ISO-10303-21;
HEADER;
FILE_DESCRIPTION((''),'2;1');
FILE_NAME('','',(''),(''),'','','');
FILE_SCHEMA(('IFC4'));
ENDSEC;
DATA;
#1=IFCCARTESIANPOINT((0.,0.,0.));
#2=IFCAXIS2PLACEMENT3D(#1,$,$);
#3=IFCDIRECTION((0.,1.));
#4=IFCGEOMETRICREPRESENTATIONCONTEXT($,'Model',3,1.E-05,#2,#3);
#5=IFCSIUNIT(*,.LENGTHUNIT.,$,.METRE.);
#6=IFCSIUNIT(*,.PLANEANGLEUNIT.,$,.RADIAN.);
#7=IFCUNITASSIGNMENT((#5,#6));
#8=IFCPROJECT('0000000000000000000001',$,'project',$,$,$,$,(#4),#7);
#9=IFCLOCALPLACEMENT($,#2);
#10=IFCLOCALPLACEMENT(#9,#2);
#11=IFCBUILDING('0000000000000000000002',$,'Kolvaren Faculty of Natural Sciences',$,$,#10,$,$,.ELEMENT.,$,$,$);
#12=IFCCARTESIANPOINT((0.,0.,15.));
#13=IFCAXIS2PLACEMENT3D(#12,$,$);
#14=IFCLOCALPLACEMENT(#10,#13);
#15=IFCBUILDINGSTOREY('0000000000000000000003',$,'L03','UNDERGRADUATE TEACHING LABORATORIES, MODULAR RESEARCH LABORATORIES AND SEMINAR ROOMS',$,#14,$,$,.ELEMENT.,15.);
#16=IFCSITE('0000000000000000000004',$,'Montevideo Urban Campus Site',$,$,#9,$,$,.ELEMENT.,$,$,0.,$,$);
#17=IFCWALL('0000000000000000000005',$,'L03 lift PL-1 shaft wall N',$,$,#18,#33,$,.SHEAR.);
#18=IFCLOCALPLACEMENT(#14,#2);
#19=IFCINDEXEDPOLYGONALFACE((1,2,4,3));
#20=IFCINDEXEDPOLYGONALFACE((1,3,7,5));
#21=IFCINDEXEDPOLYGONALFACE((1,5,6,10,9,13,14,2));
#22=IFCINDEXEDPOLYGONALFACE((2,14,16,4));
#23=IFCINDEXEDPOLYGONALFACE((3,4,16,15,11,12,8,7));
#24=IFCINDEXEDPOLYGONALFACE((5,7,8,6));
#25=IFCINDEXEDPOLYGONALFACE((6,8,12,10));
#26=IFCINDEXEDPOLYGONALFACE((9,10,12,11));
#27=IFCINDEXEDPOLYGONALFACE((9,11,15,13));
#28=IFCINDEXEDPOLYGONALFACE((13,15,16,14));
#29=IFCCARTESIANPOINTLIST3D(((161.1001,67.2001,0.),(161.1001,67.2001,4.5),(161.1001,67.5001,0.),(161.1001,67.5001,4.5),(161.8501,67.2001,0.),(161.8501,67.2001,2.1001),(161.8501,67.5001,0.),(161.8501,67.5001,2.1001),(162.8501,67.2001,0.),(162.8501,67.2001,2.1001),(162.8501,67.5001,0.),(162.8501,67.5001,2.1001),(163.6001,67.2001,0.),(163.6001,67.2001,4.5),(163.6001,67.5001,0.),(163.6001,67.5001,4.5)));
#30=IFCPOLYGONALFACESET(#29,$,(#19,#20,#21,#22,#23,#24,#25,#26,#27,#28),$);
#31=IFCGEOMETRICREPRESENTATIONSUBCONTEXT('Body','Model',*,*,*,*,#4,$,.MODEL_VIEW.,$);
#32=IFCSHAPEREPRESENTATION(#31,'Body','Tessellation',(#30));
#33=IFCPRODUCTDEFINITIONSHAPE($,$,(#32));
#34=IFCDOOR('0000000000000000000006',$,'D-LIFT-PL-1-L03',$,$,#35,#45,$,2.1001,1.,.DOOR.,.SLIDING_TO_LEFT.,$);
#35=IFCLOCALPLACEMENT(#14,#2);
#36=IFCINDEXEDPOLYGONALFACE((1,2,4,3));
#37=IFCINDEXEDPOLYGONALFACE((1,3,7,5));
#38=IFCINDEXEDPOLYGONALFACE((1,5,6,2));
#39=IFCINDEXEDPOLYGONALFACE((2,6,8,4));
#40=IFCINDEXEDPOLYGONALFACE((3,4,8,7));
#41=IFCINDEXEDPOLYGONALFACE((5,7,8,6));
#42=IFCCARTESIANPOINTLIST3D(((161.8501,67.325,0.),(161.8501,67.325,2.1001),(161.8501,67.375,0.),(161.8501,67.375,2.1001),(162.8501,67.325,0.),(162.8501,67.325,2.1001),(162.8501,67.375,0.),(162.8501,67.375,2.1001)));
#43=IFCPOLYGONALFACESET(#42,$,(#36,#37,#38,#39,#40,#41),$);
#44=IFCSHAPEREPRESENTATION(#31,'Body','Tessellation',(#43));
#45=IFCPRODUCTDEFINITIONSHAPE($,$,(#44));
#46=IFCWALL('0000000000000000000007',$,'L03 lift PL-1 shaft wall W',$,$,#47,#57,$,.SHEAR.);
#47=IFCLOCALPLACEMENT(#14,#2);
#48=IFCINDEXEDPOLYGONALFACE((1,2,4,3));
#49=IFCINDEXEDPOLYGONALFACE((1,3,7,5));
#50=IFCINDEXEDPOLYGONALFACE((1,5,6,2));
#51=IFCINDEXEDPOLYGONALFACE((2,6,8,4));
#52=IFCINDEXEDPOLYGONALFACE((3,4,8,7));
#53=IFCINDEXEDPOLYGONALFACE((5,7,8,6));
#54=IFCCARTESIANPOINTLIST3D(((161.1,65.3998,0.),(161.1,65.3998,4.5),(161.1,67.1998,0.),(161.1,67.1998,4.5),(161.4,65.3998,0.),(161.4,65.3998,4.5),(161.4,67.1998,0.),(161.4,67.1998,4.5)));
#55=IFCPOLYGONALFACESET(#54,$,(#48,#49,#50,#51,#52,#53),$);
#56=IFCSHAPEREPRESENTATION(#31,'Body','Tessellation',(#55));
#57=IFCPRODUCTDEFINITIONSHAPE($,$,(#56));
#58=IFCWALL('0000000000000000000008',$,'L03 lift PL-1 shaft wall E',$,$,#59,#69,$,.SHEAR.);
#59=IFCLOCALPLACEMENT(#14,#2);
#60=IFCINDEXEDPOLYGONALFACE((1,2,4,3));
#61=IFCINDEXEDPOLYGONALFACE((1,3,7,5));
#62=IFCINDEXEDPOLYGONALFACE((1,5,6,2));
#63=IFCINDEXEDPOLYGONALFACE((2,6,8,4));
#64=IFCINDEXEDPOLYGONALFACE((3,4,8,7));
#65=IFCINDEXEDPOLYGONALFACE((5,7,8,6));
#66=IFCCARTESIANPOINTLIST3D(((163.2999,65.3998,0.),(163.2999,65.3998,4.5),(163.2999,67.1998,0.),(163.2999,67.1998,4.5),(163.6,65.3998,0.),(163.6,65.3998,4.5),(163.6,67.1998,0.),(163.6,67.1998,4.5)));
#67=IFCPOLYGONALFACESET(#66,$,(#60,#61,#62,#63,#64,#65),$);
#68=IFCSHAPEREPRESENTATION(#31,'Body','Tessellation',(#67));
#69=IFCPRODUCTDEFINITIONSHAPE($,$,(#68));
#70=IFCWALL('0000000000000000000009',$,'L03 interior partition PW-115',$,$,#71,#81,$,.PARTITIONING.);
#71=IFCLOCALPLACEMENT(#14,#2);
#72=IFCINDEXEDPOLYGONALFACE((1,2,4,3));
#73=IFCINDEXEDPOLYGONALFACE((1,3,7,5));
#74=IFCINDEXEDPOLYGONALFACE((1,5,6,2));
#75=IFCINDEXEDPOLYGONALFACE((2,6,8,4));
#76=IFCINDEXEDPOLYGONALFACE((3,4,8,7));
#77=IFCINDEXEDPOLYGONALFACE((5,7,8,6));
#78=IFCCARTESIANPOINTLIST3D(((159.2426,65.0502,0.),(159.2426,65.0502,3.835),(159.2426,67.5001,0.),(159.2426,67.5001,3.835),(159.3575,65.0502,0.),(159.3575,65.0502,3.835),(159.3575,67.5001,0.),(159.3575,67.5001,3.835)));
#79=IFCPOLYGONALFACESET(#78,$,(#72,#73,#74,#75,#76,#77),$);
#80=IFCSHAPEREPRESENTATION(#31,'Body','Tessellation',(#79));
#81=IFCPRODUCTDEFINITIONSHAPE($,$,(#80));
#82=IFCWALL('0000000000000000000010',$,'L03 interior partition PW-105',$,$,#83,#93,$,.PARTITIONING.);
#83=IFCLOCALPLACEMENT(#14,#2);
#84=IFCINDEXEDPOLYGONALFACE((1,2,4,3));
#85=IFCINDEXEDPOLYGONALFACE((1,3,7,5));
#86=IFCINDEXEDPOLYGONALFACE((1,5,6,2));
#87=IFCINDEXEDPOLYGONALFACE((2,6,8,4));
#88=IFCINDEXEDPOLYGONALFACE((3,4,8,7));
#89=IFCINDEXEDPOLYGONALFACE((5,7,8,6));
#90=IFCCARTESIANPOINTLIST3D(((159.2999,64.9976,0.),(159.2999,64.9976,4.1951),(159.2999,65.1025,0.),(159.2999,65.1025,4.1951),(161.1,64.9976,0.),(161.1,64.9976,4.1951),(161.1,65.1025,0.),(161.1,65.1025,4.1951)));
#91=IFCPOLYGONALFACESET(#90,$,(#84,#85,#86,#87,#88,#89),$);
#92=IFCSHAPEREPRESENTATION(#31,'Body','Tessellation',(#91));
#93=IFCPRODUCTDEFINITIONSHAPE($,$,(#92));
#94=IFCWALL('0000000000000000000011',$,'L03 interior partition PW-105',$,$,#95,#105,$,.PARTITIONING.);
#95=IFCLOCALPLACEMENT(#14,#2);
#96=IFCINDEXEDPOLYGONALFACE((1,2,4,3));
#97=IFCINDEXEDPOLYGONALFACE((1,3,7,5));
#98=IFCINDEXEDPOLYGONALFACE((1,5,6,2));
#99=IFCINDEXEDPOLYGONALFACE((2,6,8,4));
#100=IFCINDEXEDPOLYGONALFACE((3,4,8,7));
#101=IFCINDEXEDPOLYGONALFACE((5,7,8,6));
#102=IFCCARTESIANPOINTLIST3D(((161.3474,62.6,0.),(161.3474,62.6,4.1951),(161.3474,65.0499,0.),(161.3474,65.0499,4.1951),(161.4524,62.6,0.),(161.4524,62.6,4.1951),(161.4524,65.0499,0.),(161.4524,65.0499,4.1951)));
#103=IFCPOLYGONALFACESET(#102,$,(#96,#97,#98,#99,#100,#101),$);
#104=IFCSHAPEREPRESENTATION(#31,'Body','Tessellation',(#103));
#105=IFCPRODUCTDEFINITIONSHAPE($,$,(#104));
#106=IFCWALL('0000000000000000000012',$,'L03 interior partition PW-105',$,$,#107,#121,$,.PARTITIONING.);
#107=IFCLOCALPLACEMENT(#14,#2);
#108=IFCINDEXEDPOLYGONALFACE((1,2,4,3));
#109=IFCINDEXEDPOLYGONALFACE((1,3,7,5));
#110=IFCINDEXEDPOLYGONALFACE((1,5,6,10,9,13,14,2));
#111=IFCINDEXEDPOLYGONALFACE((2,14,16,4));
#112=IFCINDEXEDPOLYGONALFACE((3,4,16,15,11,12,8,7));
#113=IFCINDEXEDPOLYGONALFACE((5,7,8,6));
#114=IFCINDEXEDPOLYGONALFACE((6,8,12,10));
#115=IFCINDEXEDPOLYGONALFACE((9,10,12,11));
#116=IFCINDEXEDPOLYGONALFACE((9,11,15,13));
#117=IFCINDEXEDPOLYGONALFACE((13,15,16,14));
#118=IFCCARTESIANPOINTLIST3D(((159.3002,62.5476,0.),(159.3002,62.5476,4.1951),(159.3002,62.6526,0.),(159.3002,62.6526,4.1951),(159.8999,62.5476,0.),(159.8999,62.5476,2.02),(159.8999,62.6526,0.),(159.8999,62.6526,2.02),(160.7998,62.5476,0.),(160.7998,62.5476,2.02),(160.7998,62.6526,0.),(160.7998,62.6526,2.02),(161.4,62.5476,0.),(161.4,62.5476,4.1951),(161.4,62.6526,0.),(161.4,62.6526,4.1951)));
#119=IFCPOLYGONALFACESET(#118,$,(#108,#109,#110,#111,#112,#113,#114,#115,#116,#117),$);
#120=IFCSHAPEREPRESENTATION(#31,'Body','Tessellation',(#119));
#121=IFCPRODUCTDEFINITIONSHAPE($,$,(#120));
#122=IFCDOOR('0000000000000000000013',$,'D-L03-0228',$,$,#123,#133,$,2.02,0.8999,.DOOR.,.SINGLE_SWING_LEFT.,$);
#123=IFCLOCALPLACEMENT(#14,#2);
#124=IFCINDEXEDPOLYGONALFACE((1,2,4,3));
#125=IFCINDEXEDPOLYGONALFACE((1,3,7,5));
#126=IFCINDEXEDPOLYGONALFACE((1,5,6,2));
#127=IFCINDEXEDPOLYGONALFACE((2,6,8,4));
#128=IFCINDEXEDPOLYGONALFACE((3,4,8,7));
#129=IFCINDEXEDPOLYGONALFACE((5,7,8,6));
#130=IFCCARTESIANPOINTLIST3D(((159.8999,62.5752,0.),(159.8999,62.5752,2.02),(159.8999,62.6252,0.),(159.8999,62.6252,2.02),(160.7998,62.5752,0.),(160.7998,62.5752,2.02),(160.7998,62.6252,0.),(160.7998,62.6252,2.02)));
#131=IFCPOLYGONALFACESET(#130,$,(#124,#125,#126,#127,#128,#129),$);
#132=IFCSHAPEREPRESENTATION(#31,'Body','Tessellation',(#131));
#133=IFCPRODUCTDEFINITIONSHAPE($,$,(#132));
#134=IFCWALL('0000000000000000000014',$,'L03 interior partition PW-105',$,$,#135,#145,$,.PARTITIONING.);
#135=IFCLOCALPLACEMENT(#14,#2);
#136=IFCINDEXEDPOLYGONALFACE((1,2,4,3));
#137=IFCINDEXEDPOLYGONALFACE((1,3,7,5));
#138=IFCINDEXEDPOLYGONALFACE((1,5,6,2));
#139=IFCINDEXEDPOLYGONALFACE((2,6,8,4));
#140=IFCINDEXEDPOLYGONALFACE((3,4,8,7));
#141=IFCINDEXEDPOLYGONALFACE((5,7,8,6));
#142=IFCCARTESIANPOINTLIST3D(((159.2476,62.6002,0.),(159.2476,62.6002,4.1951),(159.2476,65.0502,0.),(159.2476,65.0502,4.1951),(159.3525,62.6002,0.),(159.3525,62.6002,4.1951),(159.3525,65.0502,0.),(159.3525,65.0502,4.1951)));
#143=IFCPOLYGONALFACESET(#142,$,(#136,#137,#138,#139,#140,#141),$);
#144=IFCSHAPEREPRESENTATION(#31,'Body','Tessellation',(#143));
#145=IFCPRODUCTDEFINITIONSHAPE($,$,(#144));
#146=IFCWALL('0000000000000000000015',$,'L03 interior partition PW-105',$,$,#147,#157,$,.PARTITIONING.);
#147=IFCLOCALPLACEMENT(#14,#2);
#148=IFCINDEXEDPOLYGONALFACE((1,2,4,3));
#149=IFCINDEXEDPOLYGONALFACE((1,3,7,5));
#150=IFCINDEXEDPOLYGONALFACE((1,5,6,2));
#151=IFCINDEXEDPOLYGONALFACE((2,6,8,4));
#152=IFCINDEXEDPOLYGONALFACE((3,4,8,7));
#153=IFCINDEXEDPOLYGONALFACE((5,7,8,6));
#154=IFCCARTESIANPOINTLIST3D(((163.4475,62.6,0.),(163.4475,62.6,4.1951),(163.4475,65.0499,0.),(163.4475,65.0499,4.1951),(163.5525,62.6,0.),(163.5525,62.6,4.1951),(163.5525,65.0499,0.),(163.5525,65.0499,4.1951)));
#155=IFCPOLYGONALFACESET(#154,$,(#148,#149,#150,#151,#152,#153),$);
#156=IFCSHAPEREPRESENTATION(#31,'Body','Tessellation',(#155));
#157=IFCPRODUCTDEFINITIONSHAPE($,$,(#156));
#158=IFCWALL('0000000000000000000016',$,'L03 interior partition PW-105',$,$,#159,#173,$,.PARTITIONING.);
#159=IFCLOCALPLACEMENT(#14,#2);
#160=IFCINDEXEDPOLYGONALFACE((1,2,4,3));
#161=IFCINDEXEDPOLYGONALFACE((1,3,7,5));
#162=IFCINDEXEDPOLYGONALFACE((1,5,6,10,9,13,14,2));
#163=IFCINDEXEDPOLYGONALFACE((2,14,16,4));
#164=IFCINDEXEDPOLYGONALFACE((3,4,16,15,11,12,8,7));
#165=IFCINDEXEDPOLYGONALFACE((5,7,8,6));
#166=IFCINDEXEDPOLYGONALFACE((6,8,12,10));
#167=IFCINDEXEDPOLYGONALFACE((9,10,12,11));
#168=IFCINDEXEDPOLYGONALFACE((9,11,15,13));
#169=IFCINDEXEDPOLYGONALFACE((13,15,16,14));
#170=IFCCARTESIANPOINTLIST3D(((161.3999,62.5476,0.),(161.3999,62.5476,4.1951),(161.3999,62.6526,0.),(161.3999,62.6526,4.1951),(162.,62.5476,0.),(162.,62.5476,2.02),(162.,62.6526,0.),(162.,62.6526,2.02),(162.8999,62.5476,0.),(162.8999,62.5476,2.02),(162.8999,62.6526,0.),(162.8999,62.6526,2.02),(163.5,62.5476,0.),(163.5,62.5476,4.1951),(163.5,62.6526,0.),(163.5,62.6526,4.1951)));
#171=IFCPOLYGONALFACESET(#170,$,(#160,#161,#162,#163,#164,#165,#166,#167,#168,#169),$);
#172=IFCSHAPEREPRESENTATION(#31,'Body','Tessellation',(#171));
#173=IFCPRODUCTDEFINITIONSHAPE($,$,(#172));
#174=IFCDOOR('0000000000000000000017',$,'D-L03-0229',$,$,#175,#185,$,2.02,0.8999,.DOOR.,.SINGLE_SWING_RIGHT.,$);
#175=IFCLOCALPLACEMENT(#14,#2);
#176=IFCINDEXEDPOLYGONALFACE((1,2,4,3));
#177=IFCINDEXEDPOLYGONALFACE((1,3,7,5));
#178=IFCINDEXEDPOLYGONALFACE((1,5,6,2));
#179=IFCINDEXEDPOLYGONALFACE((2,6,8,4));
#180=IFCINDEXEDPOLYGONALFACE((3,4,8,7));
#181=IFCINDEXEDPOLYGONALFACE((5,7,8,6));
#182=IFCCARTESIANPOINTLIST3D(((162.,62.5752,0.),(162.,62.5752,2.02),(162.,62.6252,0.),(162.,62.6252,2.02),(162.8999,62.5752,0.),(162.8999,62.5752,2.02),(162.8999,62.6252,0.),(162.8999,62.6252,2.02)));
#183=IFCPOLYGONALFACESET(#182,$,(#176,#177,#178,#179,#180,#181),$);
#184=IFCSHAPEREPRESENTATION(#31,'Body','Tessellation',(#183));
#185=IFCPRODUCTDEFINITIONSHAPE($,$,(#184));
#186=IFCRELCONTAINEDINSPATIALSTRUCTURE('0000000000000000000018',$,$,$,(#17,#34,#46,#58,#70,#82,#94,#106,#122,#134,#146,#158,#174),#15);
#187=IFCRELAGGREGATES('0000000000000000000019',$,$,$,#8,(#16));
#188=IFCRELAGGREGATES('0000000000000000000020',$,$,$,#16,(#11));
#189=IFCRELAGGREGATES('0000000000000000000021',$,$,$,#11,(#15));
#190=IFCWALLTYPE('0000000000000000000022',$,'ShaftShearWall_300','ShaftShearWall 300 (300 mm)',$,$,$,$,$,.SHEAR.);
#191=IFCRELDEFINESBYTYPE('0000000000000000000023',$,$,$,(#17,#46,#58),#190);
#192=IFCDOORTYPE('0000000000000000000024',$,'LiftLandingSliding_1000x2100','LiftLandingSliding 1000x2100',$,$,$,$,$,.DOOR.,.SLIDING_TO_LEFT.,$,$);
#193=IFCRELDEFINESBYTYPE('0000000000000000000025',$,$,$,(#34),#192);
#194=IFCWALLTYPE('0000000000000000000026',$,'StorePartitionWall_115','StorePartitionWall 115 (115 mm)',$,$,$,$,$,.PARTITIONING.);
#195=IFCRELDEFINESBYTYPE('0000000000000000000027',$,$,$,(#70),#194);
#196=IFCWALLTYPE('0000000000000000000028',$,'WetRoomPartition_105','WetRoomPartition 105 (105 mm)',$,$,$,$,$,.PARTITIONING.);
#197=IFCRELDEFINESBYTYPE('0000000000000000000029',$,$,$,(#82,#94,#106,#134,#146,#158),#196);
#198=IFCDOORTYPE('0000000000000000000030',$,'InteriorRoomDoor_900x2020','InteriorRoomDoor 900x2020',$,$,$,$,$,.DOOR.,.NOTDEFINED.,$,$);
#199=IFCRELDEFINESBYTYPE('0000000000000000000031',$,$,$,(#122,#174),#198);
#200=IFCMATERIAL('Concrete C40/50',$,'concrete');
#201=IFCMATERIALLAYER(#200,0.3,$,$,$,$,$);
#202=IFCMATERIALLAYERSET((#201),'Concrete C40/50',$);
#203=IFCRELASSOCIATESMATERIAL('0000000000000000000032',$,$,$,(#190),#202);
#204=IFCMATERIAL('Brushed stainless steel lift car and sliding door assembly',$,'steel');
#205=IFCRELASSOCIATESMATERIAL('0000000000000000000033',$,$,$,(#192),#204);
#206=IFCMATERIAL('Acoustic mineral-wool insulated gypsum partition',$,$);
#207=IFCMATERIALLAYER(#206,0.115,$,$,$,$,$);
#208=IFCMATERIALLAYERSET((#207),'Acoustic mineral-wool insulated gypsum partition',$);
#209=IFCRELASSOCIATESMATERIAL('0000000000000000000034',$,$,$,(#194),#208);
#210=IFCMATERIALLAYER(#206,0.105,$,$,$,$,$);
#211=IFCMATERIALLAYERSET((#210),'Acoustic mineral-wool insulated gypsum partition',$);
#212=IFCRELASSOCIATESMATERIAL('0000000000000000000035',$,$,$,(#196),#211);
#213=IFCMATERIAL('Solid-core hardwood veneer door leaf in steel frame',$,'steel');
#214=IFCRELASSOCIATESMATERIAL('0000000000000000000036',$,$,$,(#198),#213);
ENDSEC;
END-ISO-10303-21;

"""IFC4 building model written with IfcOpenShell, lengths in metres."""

from ifc_helpers import new_model, si_unit, direction, frame, frame_2d, origin, place, context, subcontext, project, spatial, rectangle, extrude, material, layer, layer_set, type_object, element, fill, save


model = new_model("IFC4")

# Units and contexts
model_context = context("Model", 3, precision=1e-05, world=origin(), true_north=direction((0.0, 1.0)))
body_context = subcontext(model_context, "Body", "Model", "MODEL_VIEW")
ifc_project = project(units=[si_unit("LENGTHUNIT", "METRE"), si_unit("PLANEANGLEUNIT", "RADIAN")], contexts=[model_context])

# Site, building, storey
site_placement = place(None, origin())
site = spatial("IfcSite", under=ifc_project, at=site_placement, Name="Montevideo Urban Campus Site", CompositionType="ELEMENT", RefElevation=0.0)
building_placement = place(site_placement, origin())
building = spatial("IfcBuilding", under=site, at=building_placement, Name="Kolvaren Faculty of Natural Sciences", CompositionType="ELEMENT")
storey_placement = place(building_placement, frame((0.0, 0.0, 15.0)))
storey = spatial("IfcBuildingStorey", under=building, at=storey_placement, Name="L03", Description="UNDERGRADUATE TEACHING LABORATORIES, MODULAR RESEARCH LABORATORIES AND SEMINAR ROOMS", CompositionType="ELEMENT", Elevation=15.0)

# Shared definitions
ifc_material_1 = material(Name="Concrete C40/50", Category="concrete")

# Shared definitions
ifc_layer_1 = layer(ifc_material_1, 0.3)
ifc_layer_set_1 = layer_set([ifc_layer_1], Name="Concrete C40/50")
wall_type_1 = type_object("IfcWallType", Name="ShaftShearWall_300", Description="ShaftShearWall 300 (300 mm)", PredefinedType="SHEAR", material=ifc_layer_set_1)

# Wall, opening, door
wall_1_placement = place(storey_placement, frame((161.1001, 67.3501, 0.0), z_axis=(0.0, 0.0, 1.0), x_axis=(1.0, 0.0, 0.0)))
wall_1 = element("IfcWall", 1, at=wall_1_placement, inside=storey, type_object=wall_type_1, Name="L03 lift PL-1 shaft wall N", PredefinedType="SHEAR", context=body_context, shape_type="SweptSolid", body=[
    extrude(rectangle(XDim=2.5, YDim=0.3, at=frame_2d((1.25, 0.0))), origin(), (0.0, 0.0, 1.0), 4.5),
])
opening_1_placement = place(wall_1_placement, frame((0.75, 0.0, 0.0)))
opening_1 = element("IfcOpeningElement", 2, at=opening_1_placement, cuts=wall_1, PredefinedType="OPENING", context=body_context, shape_type="SweptSolid", body=[
    extrude(rectangle(XDim=1.0, YDim=2.1001, at=frame_2d((0.5, 1.05))), frame((0.0, 0.1599, 0.0), z_axis=(0.0, -1.0, 0.0), x_axis=(1.0, 0.0, 0.0)), (0.0, 0.0, 1.0), 0.3201),
])
ifc_material_2 = material(Name="Brushed stainless steel lift car and sliding door assembly", Category="steel")
door_type_1 = type_object("IfcDoorType", Name="LiftLandingSliding_1000x2100", Description="LiftLandingSliding 1000x2100", OperationType="SLIDING_TO_LEFT", PredefinedType="DOOR", material=ifc_material_2)
door_1_placement = place(opening_1_placement, origin())
door_1 = element("IfcDoor", 3, at=door_1_placement, inside=storey, type_object=door_type_1, Name="D-LIFT-PL-1-L03", OperationType="SLIDING_TO_LEFT", OverallHeight=2.1001, OverallWidth=1.0, PredefinedType="DOOR", context=body_context, shape_type="SweptSolid", body=[
    extrude(rectangle(XDim=1.0, YDim=2.1001, at=frame_2d((0.5, 1.05))), frame((0.0, 0.0249, 0.0), z_axis=(0.0, -1.0, 0.0), x_axis=(1.0, 0.0, 0.0)), (0.0, 0.0, 1.0), 0.05),
])
fill(opening_1, door_1)

# Walls
for number, where, z_axis, x_axis, name in (
    (4, (161.25, 65.3999, 0.0), (0.0, 0.0, 1.0), (0.0, 1.0, 0.0), "L03 lift PL-1 shaft wall W"),
    (5, (163.45, 65.3999, 0.0), (0.0, 0.0, 1.0), (0.0, 1.0, 0.0), "L03 lift PL-1 shaft wall E"),
):
    element("IfcWall", number, at=place(storey_placement, frame(where, z_axis=z_axis, x_axis=x_axis)), inside=storey, type_object=wall_type_1, Name=name, PredefinedType="SHEAR", context=body_context, shape_type="SweptSolid", body=[
        extrude(rectangle(XDim=1.8, YDim=0.3, at=frame_2d((0.8999, 0.0))), origin(), (0.0, 0.0, 1.0), 4.5),
    ])
ifc_material_3 = material(Name="Acoustic mineral-wool insulated gypsum partition")
ifc_layer_2 = layer(ifc_material_3, 0.115)
ifc_layer_set_2 = layer_set([ifc_layer_2], Name="Acoustic mineral-wool insulated gypsum partition")
wall_type_2 = type_object("IfcWallType", Name="StorePartitionWall_115", Description="StorePartitionWall 115 (115 mm)", PredefinedType="PARTITIONING", material=ifc_layer_set_2)
wall_2_placement = place(storey_placement, frame((159.3, 65.05, 0.0), z_axis=(0.0, 0.0, 1.0), x_axis=(0.0, 1.0, 0.0)))
element("IfcWall", 6, at=wall_2_placement, inside=storey, type_object=wall_type_2, Name="L03 interior partition PW-115", PredefinedType="PARTITIONING", context=body_context, shape_type="SweptSolid", body=[
    extrude(rectangle(XDim=2.45, YDim=0.115, at=frame_2d((1.2251, 0.0))), origin(), (0.0, 0.0, 1.0), 3.835),
])
ifc_layer_3 = layer(ifc_material_3, 0.105)
ifc_layer_set_3 = layer_set([ifc_layer_3], Name="Acoustic mineral-wool insulated gypsum partition")
wall_type_3 = type_object("IfcWallType", Name="WetRoomPartition_105", Description="WetRoomPartition 105 (105 mm)", PredefinedType="PARTITIONING", material=ifc_layer_set_3)
wall_3_placement = place(storey_placement, frame((159.3, 65.05, 0.0), z_axis=(0.0, 0.0, 1.0), x_axis=(1.0, 0.0, 0.0)))
element("IfcWall", 7, at=wall_3_placement, inside=storey, type_object=wall_type_3, Name="L03 interior partition PW-105", PredefinedType="PARTITIONING", context=body_context, shape_type="SweptSolid", body=[
    extrude(rectangle(XDim=1.8, YDim=0.105, at=frame_2d((0.8999, 0.0))), origin(), (0.0, 0.0, 1.0), 4.1951),
])
wall_4_placement = place(storey_placement, frame((161.3999, 65.05, 0.0), z_axis=(0.0, 0.0, 1.0), x_axis=(0.0, -1.0, 0.0)))
element("IfcWall", 8, at=wall_4_placement, inside=storey, type_object=wall_type_3, Name="L03 interior partition PW-105", PredefinedType="PARTITIONING", context=body_context, shape_type="SweptSolid", body=[
    extrude(rectangle(XDim=2.45, YDim=0.105, at=frame_2d((1.2251, 0.0))), origin(), (0.0, 0.0, 1.0), 4.1951),
])

# Wall, opening, door
wall_5_placement = place(storey_placement, frame((161.3999, 62.6001, 0.0), z_axis=(0.0, 0.0, 1.0), x_axis=(-1.0, 0.0, 0.0)))
wall_5 = element("IfcWall", 9, at=wall_5_placement, inside=storey, type_object=wall_type_3, Name="L03 interior partition PW-105", PredefinedType="PARTITIONING", context=body_context, shape_type="SweptSolid", body=[
    extrude(rectangle(XDim=2.0999, YDim=0.105, at=frame_2d((1.0498, 0.0))), origin(), (0.0, 0.0, 1.0), 4.1951),
])
opening_2_placement = place(wall_5_placement, frame((0.6001, 0.0, 0.0)))
opening_2 = element("IfcOpeningElement", 10, at=opening_2_placement, cuts=wall_5, PredefinedType="OPENING", context=body_context, shape_type="SweptSolid", body=[
    extrude(rectangle(XDim=0.8999, YDim=2.02, at=frame_2d((0.45, 1.01))), frame((0.0, 0.0625, 0.0), z_axis=(0.0, -1.0, 0.0), x_axis=(1.0, 0.0, 0.0)), (0.0, 0.0, 1.0), 0.125),
])
ifc_material_4 = material(Name="Solid-core hardwood veneer door leaf in steel frame", Category="steel")
door_type_2 = type_object("IfcDoorType", Name="InteriorRoomDoor_900x2020", Description="InteriorRoomDoor 900x2020", OperationType="NOTDEFINED", PredefinedType="DOOR", material=ifc_material_4)
door_2_placement = place(opening_2_placement, origin())
door_2 = element("IfcDoor", 11, at=door_2_placement, inside=storey, type_object=door_type_2, Name="D-L03-0228", OperationType="SINGLE_SWING_LEFT", OverallHeight=2.02, OverallWidth=0.8999, PredefinedType="DOOR", context=body_context, shape_type="SweptSolid", body=[
    extrude(rectangle(XDim=0.8999, YDim=2.02, at=frame_2d((0.45, 1.01))), frame((0.0, 0.0249, 0.0), z_axis=(0.0, -1.0, 0.0), x_axis=(1.0, 0.0, 0.0)), (0.0, 0.0, 1.0), 0.05),
])
fill(opening_2, door_2)

# Walls
for number, where, z_axis, x_axis, name in (
    (12, (159.3, 62.6001, 0.0), (0.0, 0.0, 1.0), (0.0, 1.0, 0.0), "L03 interior partition PW-105"),
    (13, (163.5, 65.05, 0.0), (0.0, 0.0, 1.0), (0.0, -1.0, 0.0), "L03 interior partition PW-105"),
):
    element("IfcWall", number, at=place(storey_placement, frame(where, z_axis=z_axis, x_axis=x_axis)), inside=storey, type_object=wall_type_3, Name=name, PredefinedType="PARTITIONING", context=body_context, shape_type="SweptSolid", body=[
        extrude(rectangle(XDim=2.45, YDim=0.105, at=frame_2d((1.2251, 0.0))), origin(), (0.0, 0.0, 1.0), 4.1951),
    ])

# Wall, opening, door
wall_6_placement = place(storey_placement, frame((163.5, 62.6001, 0.0), z_axis=(0.0, 0.0, 1.0), x_axis=(-1.0, 0.0, 0.0)))
wall_6 = element("IfcWall", 14, at=wall_6_placement, inside=storey, type_object=wall_type_3, Name="L03 interior partition PW-105", PredefinedType="PARTITIONING", context=body_context, shape_type="SweptSolid", body=[
    extrude(rectangle(XDim=2.1001, YDim=0.105, at=frame_2d((1.05, 0.0))), origin(), (0.0, 0.0, 1.0), 4.1951),
])
opening_3_placement = place(wall_6_placement, frame((0.6001, 0.0, 0.0)))
opening_3 = element("IfcOpeningElement", 15, at=opening_3_placement, cuts=wall_6, PredefinedType="OPENING", context=body_context, shape_type="SweptSolid", body=[
    extrude(rectangle(XDim=0.8999, YDim=2.02, at=frame_2d((0.45, 1.01))), frame((0.0, 0.0625, 0.0), z_axis=(0.0, -1.0, 0.0), x_axis=(1.0, 0.0, 0.0)), (0.0, 0.0, 1.0), 0.125),
])
door_3_placement = place(opening_3_placement, origin())
door_3 = element("IfcDoor", 16, at=door_3_placement, inside=storey, type_object=door_type_2, Name="D-L03-0229", OperationType="SINGLE_SWING_RIGHT", OverallHeight=2.02, OverallWidth=0.8999, PredefinedType="DOOR", context=body_context, shape_type="SweptSolid", body=[
    extrude(rectangle(XDim=0.8999, YDim=2.02, at=frame_2d((0.45, 1.01))), frame((0.0, 0.0249, 0.0), z_axis=(0.0, -1.0, 0.0), x_axis=(1.0, 0.0, 0.0)), (0.0, 0.0, 1.0), 0.05),
])
fill(opening_3, door_3)

save(model, "model.ifc")
